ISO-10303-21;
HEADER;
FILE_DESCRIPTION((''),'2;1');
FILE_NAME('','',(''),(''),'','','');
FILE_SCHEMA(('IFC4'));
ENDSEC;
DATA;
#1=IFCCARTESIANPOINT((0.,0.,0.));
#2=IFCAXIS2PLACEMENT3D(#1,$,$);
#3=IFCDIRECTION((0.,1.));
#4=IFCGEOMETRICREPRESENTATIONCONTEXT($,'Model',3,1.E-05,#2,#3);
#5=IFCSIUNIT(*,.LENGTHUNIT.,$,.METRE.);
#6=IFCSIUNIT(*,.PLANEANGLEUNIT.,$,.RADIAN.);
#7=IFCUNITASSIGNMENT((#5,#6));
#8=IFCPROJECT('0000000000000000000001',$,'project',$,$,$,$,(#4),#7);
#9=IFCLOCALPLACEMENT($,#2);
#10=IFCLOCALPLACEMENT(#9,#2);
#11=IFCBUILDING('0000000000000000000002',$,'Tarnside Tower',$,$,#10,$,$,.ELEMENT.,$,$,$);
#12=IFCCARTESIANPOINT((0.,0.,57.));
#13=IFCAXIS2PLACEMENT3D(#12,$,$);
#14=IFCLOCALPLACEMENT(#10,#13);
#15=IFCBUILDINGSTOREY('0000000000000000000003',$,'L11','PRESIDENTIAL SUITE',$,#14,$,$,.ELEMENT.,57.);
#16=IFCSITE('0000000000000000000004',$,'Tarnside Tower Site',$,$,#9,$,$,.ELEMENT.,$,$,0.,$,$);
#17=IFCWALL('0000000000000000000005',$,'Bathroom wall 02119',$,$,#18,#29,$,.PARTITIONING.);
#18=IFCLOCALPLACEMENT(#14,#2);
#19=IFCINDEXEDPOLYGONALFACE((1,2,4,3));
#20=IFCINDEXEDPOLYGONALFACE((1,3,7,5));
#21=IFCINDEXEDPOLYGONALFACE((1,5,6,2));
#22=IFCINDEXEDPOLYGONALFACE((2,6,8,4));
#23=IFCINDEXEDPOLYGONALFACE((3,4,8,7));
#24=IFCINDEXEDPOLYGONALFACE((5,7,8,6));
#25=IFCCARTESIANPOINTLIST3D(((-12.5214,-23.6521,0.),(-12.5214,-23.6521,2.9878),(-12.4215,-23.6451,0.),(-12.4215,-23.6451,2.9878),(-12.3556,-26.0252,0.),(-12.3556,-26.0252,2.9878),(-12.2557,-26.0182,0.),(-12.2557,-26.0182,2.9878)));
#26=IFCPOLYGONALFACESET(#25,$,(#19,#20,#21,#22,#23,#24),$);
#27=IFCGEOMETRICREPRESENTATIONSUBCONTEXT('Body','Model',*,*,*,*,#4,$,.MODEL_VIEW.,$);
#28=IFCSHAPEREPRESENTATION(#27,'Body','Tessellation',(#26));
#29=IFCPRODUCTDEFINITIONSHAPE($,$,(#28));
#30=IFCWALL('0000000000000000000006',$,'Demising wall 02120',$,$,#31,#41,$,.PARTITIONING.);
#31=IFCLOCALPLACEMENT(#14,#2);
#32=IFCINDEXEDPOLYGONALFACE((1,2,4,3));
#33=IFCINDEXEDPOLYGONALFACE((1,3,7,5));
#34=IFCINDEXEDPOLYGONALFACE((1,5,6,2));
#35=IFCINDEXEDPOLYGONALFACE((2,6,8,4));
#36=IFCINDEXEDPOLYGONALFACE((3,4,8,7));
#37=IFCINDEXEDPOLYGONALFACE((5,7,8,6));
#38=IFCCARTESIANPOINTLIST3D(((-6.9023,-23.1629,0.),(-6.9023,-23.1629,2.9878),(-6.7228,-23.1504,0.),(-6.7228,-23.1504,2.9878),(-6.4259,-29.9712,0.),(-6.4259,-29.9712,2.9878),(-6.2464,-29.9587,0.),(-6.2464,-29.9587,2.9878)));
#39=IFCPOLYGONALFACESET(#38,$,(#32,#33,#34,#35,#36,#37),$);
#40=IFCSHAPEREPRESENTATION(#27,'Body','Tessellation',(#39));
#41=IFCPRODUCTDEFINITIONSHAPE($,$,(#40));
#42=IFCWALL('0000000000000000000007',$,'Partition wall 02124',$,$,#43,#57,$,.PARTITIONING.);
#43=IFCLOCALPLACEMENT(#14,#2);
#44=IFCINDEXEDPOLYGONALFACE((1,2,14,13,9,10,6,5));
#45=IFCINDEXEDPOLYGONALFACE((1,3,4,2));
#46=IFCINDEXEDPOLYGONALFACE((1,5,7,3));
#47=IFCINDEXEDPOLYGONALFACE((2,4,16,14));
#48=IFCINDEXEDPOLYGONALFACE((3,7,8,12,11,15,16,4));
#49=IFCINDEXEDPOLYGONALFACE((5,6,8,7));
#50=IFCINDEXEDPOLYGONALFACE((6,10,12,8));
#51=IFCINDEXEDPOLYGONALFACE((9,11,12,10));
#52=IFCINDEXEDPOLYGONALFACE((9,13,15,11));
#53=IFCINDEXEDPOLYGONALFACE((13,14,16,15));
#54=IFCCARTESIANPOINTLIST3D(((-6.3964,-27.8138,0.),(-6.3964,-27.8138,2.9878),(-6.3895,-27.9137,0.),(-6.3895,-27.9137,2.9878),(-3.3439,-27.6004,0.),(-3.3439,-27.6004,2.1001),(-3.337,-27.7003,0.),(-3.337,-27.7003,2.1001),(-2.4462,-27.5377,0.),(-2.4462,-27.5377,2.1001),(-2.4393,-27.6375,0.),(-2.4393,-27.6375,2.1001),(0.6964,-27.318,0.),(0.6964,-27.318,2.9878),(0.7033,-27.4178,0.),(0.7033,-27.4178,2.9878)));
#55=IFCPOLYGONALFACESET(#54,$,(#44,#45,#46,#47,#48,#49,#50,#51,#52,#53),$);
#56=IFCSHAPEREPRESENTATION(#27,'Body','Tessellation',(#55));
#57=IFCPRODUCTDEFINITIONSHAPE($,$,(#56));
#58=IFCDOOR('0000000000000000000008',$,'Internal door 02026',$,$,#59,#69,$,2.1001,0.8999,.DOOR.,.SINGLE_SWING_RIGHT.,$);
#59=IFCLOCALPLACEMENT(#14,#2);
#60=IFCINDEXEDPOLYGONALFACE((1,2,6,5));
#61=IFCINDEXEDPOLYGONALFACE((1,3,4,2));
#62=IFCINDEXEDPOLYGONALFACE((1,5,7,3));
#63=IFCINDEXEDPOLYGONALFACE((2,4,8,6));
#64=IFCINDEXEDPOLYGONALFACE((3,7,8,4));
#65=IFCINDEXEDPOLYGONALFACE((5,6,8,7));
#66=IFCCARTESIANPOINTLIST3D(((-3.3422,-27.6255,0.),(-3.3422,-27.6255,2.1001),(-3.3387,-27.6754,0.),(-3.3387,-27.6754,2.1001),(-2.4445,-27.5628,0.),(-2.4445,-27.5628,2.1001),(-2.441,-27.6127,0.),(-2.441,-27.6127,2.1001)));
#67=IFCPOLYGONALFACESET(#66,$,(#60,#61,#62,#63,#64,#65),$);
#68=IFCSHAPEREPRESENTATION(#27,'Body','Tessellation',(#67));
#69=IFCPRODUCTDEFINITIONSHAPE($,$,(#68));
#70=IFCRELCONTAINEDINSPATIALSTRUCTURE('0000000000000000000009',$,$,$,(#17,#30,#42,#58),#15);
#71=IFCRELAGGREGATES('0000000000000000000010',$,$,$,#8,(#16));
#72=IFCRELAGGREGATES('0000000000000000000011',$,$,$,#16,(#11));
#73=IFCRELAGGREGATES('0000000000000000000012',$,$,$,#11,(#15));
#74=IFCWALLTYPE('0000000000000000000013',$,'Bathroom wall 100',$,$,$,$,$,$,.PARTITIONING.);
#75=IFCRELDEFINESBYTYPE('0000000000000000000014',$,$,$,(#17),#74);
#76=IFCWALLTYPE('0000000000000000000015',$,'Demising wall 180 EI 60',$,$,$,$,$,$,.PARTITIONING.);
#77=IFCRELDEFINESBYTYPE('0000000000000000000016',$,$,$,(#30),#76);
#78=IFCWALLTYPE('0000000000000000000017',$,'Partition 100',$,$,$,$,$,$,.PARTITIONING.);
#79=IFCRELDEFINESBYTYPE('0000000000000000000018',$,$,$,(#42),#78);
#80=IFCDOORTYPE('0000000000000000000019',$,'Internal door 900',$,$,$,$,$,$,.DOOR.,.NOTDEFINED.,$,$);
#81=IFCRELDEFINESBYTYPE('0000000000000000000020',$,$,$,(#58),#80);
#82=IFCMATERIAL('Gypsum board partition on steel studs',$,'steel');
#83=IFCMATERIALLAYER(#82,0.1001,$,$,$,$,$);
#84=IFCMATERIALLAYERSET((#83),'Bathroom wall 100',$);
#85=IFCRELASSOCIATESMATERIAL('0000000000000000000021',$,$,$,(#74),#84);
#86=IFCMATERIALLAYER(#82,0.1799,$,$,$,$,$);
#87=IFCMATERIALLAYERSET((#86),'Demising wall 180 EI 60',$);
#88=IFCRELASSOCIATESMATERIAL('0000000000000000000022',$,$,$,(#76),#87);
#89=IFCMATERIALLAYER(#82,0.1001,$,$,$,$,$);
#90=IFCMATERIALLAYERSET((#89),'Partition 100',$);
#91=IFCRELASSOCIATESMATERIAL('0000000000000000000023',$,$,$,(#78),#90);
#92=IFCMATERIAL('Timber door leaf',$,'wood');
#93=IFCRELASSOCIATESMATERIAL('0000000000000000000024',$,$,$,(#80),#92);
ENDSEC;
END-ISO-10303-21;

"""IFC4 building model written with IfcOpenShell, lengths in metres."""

from ifc_helpers import new_model, si_unit, direction, frame, frame_2d, origin, place, context, subcontext, project, spatial, rectangle, extrude, material, layer, layer_set, type_object, element, fill, save


model = new_model("IFC4")

# Units and contexts
model_context = context("Model", 3, precision=1e-05, world=origin(), true_north=direction((0.0, 1.0)))
body_context = subcontext(model_context, "Body", "Model", "MODEL_VIEW")
ifc_project = project(units=[si_unit("LENGTHUNIT", "METRE"), si_unit("PLANEANGLEUNIT", "RADIAN")], contexts=[model_context])

# Site, building, storey
site_placement = place(None, origin())
site = spatial("IfcSite", under=ifc_project, at=site_placement, Name="Tarnside Tower Site", CompositionType="ELEMENT", RefElevation=0.0)
building_placement = place(site_placement, origin())
building = spatial("IfcBuilding", under=site, at=building_placement, Name="Tarnside Tower", CompositionType="ELEMENT")
storey_placement = place(building_placement, frame((0.0, 0.0, 57.0)))
storey = spatial("IfcBuildingStorey", under=building, at=storey_placement, Name="L11", Description="PRESIDENTIAL SUITE", CompositionType="ELEMENT", Elevation=57.0)

# Walls
ifc_material_1 = material(Name="Gypsum board partition on steel studs", Category="steel")
ifc_layer_1 = layer(ifc_material_1, 0.1001)
ifc_layer_set_1 = layer_set([ifc_layer_1], Name="Bathroom wall 100")
wall_type_1 = type_object("IfcWallType", Name="Bathroom wall 100", PredefinedType="PARTITIONING", material=ifc_layer_set_1)
wall_1_placement = place(storey_placement, frame((-12.3057, -26.0217, 0.0), z_axis=(0.0, 0.0, 1.0), x_axis=(-0.069686, 0.997569, 0.0)))
element("IfcWall", 1, at=wall_1_placement, inside=storey, type_object=wall_type_1, Name="Bathroom wall 02119", PredefinedType="PARTITIONING", context=body_context, shape_type="SweptSolid", body=[
    extrude(rectangle(XDim=2.3789, YDim=0.1001, at=frame_2d((1.1895, 0.0))), origin(), (0.0, 0.0, 1.0), 2.9878),
])
ifc_layer_2 = layer(ifc_material_1, 0.1799)
ifc_layer_set_2 = layer_set([ifc_layer_2], Name="Demising wall 180 EI 60")
wall_type_2 = type_object("IfcWallType", Name="Demising wall 180 EI 60", PredefinedType="PARTITIONING", material=ifc_layer_set_2)
wall_2_placement = place(storey_placement, frame((-6.3362, -29.9651, 0.0), z_axis=(0.0, 0.0, 1.0), x_axis=(-0.06979, 0.997562, 0.0)))
element("IfcWall", 2, at=wall_2_placement, inside=storey, type_object=wall_type_2, Name="Demising wall 02120", PredefinedType="PARTITIONING", context=body_context, shape_type="SweptSolid", body=[
    extrude(rectangle(XDim=6.825, YDim=0.1799, at=frame_2d((3.4126, 0.0))), origin(), (0.0, 0.0, 1.0), 2.9878),
])

# Wall, opening, door
ifc_layer_3 = layer(ifc_material_1, 0.1001)
ifc_layer_set_3 = layer_set([ifc_layer_3], Name="Partition 100")
wall_type_3 = type_object("IfcWallType", Name="Partition 100", PredefinedType="PARTITIONING", material=ifc_layer_set_3)
wall_3_placement = place(storey_placement, frame((-6.3931, -27.8638, 0.0), z_axis=(0.0, 0.0, 1.0), x_axis=(0.997565, 0.069739, 0.0)))
wall_3 = element("IfcWall", 3, at=wall_3_placement, inside=storey, type_object=wall_type_3, Name="Partition wall 02124", PredefinedType="PARTITIONING", context=body_context, shape_type="SweptSolid", body=[
    extrude(rectangle(XDim=7.1101, YDim=0.1001, at=frame_2d((3.5552, 0.0))), origin(), (0.0, 0.0, 1.0), 2.9878),
])
opening_1_placement = place(wall_3_placement, frame((3.0601, 0.0, 0.0)))
opening_1 = element("IfcOpeningElement", 4, at=opening_1_placement, cuts=wall_3, PredefinedType="OPENING", context=body_context, shape_type="SweptSolid", body=[
    extrude(rectangle(XDim=0.8999, YDim=2.1001, at=frame_2d((0.45, 1.05))), frame((0.0, 0.0601, 0.0), z_axis=(0.0, -1.0, 0.0), x_axis=(1.0, 0.0, 0.0)), (0.0, 0.0, 1.0), 0.1201),
])
ifc_material_2 = material(Name="Timber door leaf", Category="wood")
door_type = type_object("IfcDoorType", Name="Internal door 900", OperationType="NOTDEFINED", PredefinedType="DOOR", material=ifc_material_2)
door_placement = place(opening_1_placement, origin())
door = element("IfcDoor", 5, at=door_placement, inside=storey, type_object=door_type, Name="Internal door 02026", OperationType="SINGLE_SWING_RIGHT", OverallHeight=2.1001, OverallWidth=0.8999, PredefinedType="DOOR", context=body_context, shape_type="SweptSolid", body=[
    extrude(rectangle(XDim=0.8999, YDim=2.1001, at=frame_2d((0.45, 1.05))), frame((0.0, 0.0249, 0.0), z_axis=(0.0, -1.0, 0.0), x_axis=(1.0, 0.0, 0.0)), (0.0, 0.0, 1.0), 0.05),
])
fill(opening_1, door)

save(model, "model.ifc")
